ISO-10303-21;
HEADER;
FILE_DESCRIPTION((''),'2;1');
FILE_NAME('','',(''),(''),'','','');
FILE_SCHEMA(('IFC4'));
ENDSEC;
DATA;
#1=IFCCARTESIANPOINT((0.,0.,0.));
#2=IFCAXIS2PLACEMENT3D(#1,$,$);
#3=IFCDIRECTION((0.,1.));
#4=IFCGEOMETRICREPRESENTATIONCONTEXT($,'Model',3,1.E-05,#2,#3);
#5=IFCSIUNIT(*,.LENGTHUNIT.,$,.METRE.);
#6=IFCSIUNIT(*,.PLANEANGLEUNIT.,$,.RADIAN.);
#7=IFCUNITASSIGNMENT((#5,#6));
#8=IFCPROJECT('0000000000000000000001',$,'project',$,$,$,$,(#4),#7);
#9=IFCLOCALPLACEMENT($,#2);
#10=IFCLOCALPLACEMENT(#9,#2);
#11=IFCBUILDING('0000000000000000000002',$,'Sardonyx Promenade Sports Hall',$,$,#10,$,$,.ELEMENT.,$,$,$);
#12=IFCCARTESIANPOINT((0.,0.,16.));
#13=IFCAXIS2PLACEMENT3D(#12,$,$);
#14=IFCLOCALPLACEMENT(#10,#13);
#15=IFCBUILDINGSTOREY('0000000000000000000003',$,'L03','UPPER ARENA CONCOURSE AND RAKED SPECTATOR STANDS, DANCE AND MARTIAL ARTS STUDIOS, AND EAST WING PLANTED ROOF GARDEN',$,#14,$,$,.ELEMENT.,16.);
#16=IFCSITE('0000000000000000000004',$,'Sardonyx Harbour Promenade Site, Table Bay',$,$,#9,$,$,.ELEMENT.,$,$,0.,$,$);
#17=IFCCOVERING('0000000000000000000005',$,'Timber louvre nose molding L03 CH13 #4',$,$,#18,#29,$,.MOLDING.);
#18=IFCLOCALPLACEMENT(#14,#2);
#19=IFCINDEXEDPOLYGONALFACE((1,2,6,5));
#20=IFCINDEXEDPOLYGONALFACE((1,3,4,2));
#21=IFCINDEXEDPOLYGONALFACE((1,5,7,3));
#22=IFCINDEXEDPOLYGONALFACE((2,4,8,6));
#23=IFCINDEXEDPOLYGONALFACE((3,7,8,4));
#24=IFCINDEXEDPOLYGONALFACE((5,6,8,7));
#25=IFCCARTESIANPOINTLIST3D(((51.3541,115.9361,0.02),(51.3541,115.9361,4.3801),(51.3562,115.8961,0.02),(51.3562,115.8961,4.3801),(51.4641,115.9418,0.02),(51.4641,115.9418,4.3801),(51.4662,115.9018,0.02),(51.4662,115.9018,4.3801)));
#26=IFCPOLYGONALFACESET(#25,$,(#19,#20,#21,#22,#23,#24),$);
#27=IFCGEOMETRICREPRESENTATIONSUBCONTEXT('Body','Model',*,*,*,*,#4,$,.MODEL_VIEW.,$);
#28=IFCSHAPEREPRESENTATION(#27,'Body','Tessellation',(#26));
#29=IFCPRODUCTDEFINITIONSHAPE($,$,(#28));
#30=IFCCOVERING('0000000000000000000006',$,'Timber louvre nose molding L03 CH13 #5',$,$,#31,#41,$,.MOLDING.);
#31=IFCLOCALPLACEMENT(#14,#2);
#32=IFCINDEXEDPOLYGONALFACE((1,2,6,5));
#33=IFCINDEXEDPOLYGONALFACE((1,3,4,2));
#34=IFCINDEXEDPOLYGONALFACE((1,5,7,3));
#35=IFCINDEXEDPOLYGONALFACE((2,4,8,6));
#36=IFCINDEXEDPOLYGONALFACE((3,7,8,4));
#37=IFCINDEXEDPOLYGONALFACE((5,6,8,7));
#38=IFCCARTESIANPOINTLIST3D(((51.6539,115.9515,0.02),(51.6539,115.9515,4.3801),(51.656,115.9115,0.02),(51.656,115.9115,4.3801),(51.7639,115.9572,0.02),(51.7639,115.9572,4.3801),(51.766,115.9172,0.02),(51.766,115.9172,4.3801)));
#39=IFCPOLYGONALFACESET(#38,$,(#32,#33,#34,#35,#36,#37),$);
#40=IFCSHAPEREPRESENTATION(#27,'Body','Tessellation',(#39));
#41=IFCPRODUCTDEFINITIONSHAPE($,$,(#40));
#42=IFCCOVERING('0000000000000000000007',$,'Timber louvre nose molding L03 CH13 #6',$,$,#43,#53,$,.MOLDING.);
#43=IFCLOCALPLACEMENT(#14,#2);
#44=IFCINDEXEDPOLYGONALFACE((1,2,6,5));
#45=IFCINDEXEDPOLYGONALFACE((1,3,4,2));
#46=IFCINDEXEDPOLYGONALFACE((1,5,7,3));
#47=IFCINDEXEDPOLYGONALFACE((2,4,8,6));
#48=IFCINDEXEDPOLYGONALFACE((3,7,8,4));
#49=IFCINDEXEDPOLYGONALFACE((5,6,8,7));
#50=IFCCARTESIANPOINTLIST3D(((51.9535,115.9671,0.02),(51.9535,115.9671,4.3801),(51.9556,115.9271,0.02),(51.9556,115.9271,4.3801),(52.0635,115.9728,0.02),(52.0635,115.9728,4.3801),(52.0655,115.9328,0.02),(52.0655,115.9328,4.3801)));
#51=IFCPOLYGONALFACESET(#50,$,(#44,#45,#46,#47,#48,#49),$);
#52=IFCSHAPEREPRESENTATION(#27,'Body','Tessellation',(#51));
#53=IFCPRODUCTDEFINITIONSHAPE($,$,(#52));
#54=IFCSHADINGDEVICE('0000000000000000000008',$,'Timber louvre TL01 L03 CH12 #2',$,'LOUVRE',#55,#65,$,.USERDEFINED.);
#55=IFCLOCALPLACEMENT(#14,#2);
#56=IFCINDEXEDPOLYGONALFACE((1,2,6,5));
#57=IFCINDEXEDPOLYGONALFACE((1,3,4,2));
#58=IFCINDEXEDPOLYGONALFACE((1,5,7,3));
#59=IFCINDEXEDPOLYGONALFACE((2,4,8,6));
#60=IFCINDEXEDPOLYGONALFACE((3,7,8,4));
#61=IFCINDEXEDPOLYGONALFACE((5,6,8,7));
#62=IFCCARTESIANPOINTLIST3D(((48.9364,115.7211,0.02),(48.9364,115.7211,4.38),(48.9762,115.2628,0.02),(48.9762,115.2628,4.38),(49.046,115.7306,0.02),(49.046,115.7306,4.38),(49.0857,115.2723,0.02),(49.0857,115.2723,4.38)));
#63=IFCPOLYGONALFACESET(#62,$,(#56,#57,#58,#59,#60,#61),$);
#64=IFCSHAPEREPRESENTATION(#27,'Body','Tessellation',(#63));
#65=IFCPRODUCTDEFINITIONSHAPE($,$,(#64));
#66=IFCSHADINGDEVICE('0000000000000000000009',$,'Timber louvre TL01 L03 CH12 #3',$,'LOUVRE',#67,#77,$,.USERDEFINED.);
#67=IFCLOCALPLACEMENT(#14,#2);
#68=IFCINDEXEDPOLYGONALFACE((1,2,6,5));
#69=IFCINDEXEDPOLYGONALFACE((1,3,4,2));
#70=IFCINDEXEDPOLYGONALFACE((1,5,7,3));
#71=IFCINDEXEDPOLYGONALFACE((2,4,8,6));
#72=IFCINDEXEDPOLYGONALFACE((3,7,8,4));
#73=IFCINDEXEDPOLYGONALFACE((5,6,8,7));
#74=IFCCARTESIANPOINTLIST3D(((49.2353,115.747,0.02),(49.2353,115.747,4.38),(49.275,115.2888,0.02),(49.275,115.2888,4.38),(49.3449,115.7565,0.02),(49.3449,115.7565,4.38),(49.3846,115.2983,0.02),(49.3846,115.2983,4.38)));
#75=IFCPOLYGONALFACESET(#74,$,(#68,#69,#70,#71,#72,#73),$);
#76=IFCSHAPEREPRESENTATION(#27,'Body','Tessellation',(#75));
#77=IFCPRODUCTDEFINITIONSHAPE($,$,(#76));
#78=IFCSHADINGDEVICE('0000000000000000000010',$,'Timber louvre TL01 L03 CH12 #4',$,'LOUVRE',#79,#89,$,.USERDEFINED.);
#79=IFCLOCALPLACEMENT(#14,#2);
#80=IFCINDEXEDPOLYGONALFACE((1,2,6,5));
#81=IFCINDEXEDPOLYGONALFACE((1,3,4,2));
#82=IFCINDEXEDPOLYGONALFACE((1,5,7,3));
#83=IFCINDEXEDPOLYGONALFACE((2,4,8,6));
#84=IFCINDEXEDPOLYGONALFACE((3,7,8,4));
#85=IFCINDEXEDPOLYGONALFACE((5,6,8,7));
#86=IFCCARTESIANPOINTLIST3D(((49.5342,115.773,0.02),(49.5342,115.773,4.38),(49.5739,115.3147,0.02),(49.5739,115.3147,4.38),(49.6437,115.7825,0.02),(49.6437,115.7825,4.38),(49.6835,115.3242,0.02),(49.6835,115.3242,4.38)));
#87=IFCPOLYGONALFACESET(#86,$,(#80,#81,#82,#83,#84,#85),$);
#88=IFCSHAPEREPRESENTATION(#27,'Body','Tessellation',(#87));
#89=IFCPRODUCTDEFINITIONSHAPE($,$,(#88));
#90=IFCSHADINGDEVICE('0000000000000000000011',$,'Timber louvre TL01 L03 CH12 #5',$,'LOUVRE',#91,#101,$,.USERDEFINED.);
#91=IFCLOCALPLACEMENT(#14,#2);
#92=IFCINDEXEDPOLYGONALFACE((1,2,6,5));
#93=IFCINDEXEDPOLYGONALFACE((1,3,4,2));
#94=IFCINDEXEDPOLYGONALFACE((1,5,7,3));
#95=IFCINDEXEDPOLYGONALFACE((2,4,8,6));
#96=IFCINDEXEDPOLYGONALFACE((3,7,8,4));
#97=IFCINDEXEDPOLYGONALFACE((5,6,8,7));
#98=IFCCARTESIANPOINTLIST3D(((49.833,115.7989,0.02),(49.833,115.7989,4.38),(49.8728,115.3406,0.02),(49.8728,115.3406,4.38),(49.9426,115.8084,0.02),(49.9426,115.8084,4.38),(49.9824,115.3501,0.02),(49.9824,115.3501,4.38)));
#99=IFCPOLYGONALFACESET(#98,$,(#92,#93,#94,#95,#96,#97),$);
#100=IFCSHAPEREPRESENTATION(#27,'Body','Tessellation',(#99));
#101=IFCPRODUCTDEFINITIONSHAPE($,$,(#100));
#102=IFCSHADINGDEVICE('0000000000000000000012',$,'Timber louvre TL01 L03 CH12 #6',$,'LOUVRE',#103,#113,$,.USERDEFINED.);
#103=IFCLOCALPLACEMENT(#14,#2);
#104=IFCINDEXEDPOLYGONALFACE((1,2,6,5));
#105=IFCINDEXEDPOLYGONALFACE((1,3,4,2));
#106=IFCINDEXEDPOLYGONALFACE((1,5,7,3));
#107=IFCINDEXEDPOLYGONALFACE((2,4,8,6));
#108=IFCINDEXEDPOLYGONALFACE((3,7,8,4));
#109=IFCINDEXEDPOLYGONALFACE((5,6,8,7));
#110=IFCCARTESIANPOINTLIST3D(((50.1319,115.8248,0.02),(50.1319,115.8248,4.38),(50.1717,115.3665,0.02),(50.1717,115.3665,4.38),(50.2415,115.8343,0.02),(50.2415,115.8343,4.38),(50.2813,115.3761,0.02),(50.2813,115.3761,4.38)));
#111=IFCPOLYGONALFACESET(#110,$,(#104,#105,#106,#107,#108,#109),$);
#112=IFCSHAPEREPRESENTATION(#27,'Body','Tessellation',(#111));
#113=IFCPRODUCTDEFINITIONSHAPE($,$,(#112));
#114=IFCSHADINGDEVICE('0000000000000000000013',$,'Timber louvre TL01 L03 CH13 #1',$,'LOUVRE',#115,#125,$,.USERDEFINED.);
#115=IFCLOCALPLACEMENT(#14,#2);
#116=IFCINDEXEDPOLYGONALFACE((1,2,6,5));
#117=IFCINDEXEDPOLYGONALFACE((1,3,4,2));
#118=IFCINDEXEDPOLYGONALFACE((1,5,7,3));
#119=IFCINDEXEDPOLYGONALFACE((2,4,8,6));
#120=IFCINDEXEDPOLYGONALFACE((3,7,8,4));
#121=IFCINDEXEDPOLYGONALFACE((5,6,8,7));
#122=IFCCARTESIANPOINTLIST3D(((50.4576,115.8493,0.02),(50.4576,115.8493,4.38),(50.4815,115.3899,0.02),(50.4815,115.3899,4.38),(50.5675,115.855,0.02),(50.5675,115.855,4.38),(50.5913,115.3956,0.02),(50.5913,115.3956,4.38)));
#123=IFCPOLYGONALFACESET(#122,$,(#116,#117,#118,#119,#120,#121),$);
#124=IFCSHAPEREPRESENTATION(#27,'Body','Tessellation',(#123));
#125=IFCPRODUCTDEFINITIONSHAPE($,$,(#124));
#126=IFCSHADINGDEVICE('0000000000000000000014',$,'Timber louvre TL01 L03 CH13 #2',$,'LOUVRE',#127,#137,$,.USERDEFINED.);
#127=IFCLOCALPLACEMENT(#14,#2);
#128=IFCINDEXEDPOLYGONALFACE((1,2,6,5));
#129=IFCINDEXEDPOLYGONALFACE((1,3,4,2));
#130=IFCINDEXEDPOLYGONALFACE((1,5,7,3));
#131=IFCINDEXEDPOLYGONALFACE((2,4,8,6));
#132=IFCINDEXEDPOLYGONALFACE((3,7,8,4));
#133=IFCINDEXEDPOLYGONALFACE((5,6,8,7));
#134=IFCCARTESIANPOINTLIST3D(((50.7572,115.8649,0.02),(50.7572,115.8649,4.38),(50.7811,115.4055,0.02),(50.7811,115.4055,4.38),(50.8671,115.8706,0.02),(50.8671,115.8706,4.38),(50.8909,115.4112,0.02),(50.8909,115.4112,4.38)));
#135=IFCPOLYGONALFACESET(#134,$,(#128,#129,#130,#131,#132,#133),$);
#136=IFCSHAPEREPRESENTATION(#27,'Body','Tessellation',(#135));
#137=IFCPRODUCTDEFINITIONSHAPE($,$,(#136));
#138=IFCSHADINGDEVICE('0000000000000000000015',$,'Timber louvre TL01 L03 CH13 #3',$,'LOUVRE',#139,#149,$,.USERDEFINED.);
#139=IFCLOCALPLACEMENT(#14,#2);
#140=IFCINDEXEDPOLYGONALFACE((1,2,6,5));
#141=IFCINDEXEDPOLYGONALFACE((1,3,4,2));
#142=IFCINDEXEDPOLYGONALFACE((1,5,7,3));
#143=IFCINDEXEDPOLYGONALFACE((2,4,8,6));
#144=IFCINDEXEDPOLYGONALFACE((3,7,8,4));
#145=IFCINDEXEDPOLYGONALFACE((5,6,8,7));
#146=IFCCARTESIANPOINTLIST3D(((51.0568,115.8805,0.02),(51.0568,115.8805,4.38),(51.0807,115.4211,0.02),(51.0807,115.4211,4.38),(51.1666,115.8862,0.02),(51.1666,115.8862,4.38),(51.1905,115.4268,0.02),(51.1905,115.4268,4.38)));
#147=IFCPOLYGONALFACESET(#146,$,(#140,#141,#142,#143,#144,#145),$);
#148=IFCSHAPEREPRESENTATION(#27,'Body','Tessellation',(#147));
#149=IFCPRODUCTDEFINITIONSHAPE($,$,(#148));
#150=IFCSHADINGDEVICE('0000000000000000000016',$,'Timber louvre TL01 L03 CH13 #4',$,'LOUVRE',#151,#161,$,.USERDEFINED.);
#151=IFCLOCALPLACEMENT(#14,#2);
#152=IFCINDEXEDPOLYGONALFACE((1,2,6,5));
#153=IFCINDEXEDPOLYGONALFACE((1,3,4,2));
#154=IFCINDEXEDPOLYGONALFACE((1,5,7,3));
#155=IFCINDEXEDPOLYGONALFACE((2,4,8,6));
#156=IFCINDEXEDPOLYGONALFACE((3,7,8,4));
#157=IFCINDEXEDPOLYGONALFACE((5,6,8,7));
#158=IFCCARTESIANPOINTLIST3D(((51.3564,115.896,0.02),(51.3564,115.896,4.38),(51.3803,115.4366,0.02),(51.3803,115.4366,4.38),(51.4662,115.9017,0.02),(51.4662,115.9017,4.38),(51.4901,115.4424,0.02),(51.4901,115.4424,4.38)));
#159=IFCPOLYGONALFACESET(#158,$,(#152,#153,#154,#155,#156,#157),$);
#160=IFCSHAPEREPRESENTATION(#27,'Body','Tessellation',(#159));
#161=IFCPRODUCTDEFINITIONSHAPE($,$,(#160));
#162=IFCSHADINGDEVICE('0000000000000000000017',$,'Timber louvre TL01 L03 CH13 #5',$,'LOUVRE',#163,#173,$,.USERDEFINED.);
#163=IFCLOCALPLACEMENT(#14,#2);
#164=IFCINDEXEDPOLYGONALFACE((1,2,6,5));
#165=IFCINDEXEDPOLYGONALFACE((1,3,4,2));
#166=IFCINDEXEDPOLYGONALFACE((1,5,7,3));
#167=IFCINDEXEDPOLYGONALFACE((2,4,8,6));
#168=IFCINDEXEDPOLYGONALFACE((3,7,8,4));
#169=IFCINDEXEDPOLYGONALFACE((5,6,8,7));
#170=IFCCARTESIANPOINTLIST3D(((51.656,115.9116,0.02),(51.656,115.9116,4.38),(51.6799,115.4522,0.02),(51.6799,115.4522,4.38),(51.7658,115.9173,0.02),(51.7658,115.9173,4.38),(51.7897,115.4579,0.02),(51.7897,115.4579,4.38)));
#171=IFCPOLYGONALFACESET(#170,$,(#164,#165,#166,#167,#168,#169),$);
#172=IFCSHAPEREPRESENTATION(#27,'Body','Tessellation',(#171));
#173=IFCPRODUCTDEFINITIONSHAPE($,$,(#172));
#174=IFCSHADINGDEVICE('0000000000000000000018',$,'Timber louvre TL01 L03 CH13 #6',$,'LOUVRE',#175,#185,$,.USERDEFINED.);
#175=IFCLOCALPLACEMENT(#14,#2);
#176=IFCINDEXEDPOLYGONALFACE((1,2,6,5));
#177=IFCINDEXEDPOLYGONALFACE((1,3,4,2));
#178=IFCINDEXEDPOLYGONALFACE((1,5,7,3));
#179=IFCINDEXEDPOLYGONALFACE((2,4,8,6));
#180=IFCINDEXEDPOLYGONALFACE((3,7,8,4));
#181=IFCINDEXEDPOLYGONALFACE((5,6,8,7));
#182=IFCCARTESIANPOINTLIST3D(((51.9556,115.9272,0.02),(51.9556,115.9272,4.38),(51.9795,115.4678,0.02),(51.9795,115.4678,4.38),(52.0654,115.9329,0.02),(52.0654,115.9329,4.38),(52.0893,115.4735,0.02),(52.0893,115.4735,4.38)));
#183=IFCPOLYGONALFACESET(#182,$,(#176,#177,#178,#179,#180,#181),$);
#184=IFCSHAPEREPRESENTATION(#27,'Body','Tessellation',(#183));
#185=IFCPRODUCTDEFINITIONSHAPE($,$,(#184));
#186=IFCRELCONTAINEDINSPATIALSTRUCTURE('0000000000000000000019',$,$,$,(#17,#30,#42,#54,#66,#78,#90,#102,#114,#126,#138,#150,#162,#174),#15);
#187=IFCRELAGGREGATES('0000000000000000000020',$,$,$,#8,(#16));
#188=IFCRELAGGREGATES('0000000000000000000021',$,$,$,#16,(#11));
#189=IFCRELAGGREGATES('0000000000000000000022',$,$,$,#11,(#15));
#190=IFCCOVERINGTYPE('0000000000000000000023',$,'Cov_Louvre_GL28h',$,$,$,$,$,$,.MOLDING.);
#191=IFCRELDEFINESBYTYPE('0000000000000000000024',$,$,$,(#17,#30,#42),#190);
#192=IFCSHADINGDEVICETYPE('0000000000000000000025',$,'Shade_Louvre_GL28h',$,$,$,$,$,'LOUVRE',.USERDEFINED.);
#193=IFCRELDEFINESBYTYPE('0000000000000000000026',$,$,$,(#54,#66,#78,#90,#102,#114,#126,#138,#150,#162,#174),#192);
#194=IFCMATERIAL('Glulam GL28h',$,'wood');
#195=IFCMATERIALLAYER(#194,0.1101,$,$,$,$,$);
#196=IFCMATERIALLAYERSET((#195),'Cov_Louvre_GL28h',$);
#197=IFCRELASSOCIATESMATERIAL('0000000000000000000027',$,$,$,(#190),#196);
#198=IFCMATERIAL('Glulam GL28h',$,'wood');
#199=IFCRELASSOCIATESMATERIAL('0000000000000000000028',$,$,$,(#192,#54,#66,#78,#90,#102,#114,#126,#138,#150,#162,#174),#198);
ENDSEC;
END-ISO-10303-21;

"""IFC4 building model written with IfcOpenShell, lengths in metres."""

from ifc_helpers import new_model, si_unit, direction, frame, origin, origin_2d, place, context, subcontext, project, spatial, rectangle, extrude, material, layer, layer_set, type_object, element, save


model = new_model("IFC4")

# Units and contexts
model_context = context("Model", 3, precision=1e-05, world=origin(), true_north=direction((0.0, 1.0)))
body_context = subcontext(model_context, "Body", "Model", "MODEL_VIEW")
ifc_project = project(units=[si_unit("LENGTHUNIT", "METRE"), si_unit("PLANEANGLEUNIT", "RADIAN")], contexts=[model_context])

# Site, building, storey
site_placement = place(None, origin())
site = spatial("IfcSite", under=ifc_project, at=site_placement, Name="Sardonyx Harbour Promenade Site, Table Bay", CompositionType="ELEMENT", RefElevation=0.0)
building_placement = place(site_placement, origin())
building = spatial("IfcBuilding", under=site, at=building_placement, Name="Sardonyx Promenade Sports Hall", CompositionType="ELEMENT")
storey_placement = place(building_placement, frame((0.0, 0.0, 16.0)))
storey = spatial("IfcBuildingStorey", under=building, at=storey_placement, Name="L03", Description="UPPER ARENA CONCOURSE AND RAKED SPECTATOR STANDS, DANCE AND MARTIAL ARTS STUDIOS, AND EAST WING PLANTED ROOF GARDEN", CompositionType="ELEMENT", Elevation=16.0)

# Coverings
ifc_material_1 = material(Name="Glulam GL28h", Category="wood")
ifc_layer = layer(ifc_material_1, 0.1101)
ifc_layer_set = layer_set([ifc_layer], Name="Cov_Louvre_GL28h")
covering_type = type_object("IfcCoveringType", Name="Cov_Louvre_GL28h", PredefinedType="MOLDING", material=ifc_layer_set)
for number, where, z_axis, x_axis, name in (
    (1, (51.4102, 115.9189, 0.02), (0.0, 0.0, 1.0), (0.998652, 0.051902, 0.0), "Timber louvre nose molding L03 CH13 #4"),
    (2, (51.71, 115.9343, 0.02), (0.0, 0.0, 1.0), (0.998652, 0.051902, 0.0), "Timber louvre nose molding L03 CH13 #5"),
    (3, (52.0095, 115.95, 0.02), (0.0, 0.0, 1.0), (0.998652, 0.051902, 0.0), "Timber louvre nose molding L03 CH13 #6"),
):
    element("IfcCovering", number, at=place(storey_placement, frame(where, z_axis=z_axis, x_axis=x_axis)), inside=storey, type_object=covering_type, Name=name, PredefinedType="MOLDING", context=body_context, shape_type="SweptSolid", body=[
        extrude(rectangle(XDim=0.1101, YDim=0.04, at=origin_2d()), origin(), (0.0, 0.0, 1.0), 4.3601),
    ])

# Shading devices
ifc_material_2 = material(Name="Glulam GL28h", Category="wood")
shading_device_type = type_object("IfcShadingDeviceType", Name="Shade_Louvre_GL28h", ElementType="LOUVRE", PredefinedType="USERDEFINED", material=ifc_material_2)
for number, where, z_axis, x_axis, name in (
    (4, (49.0111, 115.4967, 0.02), (0.0, 0.0, 1.0), (0.996258, 0.086434, 0.0), "Timber louvre TL01 L03 CH12 #2"),
    (5, (49.31, 115.5226, 0.02), (0.0, 0.0, 1.0), (0.996258, 0.086434, 0.0), "Timber louvre TL01 L03 CH12 #3"),
    (6, (49.6088, 115.5486, 0.02), (0.0, 0.0, 1.0), (0.996258, 0.086434, 0.0), "Timber louvre TL01 L03 CH12 #4"),
    (7, (49.9077, 115.5745, 0.02), (0.0, 0.0, 1.0), (0.996258, 0.086434, 0.0), "Timber louvre TL01 L03 CH12 #5"),
    (8, (50.2066, 115.6004, 0.02), (0.0, 0.0, 1.0), (0.996258, 0.086434, 0.0), "Timber louvre TL01 L03 CH12 #6"),
    (9, (50.5245, 115.6225, 0.02), (0.0, 0.0, 1.0), (0.998652, 0.051902, 0.0), "Timber louvre TL01 L03 CH13 #1"),
    (10, (50.8241, 115.6381, 0.02), (0.0, 0.0, 1.0), (0.998652, 0.051902, 0.0), "Timber louvre TL01 L03 CH13 #2"),
    (11, (51.1237, 115.6536, 0.02), (0.0, 0.0, 1.0), (0.998652, 0.051902, 0.0), "Timber louvre TL01 L03 CH13 #3"),
    (12, (51.4233, 115.6692, 0.02), (0.0, 0.0, 1.0), (0.998652, 0.051902, 0.0), "Timber louvre TL01 L03 CH13 #4"),
    (13, (51.7228, 115.6848, 0.02), (0.0, 0.0, 1.0), (0.998652, 0.051902, 0.0), "Timber louvre TL01 L03 CH13 #5"),
    (14, (52.0224, 115.7003, 0.02), (0.0, 0.0, 1.0), (0.998652, 0.051902, 0.0), "Timber louvre TL01 L03 CH13 #6"),
):
    element("IfcShadingDevice", number, at=place(storey_placement, frame(where, z_axis=z_axis, x_axis=x_axis)), inside=storey, type_object=shading_device_type, material=ifc_material_2, Name=name, ObjectType="LOUVRE", PredefinedType="USERDEFINED", context=body_context, shape_type="SweptSolid", body=[
        extrude(rectangle(XDim=0.11, YDim=0.46), origin(), (0.0, 0.0, 1.0), 4.36),
    ])

save(model, "model.ifc")
